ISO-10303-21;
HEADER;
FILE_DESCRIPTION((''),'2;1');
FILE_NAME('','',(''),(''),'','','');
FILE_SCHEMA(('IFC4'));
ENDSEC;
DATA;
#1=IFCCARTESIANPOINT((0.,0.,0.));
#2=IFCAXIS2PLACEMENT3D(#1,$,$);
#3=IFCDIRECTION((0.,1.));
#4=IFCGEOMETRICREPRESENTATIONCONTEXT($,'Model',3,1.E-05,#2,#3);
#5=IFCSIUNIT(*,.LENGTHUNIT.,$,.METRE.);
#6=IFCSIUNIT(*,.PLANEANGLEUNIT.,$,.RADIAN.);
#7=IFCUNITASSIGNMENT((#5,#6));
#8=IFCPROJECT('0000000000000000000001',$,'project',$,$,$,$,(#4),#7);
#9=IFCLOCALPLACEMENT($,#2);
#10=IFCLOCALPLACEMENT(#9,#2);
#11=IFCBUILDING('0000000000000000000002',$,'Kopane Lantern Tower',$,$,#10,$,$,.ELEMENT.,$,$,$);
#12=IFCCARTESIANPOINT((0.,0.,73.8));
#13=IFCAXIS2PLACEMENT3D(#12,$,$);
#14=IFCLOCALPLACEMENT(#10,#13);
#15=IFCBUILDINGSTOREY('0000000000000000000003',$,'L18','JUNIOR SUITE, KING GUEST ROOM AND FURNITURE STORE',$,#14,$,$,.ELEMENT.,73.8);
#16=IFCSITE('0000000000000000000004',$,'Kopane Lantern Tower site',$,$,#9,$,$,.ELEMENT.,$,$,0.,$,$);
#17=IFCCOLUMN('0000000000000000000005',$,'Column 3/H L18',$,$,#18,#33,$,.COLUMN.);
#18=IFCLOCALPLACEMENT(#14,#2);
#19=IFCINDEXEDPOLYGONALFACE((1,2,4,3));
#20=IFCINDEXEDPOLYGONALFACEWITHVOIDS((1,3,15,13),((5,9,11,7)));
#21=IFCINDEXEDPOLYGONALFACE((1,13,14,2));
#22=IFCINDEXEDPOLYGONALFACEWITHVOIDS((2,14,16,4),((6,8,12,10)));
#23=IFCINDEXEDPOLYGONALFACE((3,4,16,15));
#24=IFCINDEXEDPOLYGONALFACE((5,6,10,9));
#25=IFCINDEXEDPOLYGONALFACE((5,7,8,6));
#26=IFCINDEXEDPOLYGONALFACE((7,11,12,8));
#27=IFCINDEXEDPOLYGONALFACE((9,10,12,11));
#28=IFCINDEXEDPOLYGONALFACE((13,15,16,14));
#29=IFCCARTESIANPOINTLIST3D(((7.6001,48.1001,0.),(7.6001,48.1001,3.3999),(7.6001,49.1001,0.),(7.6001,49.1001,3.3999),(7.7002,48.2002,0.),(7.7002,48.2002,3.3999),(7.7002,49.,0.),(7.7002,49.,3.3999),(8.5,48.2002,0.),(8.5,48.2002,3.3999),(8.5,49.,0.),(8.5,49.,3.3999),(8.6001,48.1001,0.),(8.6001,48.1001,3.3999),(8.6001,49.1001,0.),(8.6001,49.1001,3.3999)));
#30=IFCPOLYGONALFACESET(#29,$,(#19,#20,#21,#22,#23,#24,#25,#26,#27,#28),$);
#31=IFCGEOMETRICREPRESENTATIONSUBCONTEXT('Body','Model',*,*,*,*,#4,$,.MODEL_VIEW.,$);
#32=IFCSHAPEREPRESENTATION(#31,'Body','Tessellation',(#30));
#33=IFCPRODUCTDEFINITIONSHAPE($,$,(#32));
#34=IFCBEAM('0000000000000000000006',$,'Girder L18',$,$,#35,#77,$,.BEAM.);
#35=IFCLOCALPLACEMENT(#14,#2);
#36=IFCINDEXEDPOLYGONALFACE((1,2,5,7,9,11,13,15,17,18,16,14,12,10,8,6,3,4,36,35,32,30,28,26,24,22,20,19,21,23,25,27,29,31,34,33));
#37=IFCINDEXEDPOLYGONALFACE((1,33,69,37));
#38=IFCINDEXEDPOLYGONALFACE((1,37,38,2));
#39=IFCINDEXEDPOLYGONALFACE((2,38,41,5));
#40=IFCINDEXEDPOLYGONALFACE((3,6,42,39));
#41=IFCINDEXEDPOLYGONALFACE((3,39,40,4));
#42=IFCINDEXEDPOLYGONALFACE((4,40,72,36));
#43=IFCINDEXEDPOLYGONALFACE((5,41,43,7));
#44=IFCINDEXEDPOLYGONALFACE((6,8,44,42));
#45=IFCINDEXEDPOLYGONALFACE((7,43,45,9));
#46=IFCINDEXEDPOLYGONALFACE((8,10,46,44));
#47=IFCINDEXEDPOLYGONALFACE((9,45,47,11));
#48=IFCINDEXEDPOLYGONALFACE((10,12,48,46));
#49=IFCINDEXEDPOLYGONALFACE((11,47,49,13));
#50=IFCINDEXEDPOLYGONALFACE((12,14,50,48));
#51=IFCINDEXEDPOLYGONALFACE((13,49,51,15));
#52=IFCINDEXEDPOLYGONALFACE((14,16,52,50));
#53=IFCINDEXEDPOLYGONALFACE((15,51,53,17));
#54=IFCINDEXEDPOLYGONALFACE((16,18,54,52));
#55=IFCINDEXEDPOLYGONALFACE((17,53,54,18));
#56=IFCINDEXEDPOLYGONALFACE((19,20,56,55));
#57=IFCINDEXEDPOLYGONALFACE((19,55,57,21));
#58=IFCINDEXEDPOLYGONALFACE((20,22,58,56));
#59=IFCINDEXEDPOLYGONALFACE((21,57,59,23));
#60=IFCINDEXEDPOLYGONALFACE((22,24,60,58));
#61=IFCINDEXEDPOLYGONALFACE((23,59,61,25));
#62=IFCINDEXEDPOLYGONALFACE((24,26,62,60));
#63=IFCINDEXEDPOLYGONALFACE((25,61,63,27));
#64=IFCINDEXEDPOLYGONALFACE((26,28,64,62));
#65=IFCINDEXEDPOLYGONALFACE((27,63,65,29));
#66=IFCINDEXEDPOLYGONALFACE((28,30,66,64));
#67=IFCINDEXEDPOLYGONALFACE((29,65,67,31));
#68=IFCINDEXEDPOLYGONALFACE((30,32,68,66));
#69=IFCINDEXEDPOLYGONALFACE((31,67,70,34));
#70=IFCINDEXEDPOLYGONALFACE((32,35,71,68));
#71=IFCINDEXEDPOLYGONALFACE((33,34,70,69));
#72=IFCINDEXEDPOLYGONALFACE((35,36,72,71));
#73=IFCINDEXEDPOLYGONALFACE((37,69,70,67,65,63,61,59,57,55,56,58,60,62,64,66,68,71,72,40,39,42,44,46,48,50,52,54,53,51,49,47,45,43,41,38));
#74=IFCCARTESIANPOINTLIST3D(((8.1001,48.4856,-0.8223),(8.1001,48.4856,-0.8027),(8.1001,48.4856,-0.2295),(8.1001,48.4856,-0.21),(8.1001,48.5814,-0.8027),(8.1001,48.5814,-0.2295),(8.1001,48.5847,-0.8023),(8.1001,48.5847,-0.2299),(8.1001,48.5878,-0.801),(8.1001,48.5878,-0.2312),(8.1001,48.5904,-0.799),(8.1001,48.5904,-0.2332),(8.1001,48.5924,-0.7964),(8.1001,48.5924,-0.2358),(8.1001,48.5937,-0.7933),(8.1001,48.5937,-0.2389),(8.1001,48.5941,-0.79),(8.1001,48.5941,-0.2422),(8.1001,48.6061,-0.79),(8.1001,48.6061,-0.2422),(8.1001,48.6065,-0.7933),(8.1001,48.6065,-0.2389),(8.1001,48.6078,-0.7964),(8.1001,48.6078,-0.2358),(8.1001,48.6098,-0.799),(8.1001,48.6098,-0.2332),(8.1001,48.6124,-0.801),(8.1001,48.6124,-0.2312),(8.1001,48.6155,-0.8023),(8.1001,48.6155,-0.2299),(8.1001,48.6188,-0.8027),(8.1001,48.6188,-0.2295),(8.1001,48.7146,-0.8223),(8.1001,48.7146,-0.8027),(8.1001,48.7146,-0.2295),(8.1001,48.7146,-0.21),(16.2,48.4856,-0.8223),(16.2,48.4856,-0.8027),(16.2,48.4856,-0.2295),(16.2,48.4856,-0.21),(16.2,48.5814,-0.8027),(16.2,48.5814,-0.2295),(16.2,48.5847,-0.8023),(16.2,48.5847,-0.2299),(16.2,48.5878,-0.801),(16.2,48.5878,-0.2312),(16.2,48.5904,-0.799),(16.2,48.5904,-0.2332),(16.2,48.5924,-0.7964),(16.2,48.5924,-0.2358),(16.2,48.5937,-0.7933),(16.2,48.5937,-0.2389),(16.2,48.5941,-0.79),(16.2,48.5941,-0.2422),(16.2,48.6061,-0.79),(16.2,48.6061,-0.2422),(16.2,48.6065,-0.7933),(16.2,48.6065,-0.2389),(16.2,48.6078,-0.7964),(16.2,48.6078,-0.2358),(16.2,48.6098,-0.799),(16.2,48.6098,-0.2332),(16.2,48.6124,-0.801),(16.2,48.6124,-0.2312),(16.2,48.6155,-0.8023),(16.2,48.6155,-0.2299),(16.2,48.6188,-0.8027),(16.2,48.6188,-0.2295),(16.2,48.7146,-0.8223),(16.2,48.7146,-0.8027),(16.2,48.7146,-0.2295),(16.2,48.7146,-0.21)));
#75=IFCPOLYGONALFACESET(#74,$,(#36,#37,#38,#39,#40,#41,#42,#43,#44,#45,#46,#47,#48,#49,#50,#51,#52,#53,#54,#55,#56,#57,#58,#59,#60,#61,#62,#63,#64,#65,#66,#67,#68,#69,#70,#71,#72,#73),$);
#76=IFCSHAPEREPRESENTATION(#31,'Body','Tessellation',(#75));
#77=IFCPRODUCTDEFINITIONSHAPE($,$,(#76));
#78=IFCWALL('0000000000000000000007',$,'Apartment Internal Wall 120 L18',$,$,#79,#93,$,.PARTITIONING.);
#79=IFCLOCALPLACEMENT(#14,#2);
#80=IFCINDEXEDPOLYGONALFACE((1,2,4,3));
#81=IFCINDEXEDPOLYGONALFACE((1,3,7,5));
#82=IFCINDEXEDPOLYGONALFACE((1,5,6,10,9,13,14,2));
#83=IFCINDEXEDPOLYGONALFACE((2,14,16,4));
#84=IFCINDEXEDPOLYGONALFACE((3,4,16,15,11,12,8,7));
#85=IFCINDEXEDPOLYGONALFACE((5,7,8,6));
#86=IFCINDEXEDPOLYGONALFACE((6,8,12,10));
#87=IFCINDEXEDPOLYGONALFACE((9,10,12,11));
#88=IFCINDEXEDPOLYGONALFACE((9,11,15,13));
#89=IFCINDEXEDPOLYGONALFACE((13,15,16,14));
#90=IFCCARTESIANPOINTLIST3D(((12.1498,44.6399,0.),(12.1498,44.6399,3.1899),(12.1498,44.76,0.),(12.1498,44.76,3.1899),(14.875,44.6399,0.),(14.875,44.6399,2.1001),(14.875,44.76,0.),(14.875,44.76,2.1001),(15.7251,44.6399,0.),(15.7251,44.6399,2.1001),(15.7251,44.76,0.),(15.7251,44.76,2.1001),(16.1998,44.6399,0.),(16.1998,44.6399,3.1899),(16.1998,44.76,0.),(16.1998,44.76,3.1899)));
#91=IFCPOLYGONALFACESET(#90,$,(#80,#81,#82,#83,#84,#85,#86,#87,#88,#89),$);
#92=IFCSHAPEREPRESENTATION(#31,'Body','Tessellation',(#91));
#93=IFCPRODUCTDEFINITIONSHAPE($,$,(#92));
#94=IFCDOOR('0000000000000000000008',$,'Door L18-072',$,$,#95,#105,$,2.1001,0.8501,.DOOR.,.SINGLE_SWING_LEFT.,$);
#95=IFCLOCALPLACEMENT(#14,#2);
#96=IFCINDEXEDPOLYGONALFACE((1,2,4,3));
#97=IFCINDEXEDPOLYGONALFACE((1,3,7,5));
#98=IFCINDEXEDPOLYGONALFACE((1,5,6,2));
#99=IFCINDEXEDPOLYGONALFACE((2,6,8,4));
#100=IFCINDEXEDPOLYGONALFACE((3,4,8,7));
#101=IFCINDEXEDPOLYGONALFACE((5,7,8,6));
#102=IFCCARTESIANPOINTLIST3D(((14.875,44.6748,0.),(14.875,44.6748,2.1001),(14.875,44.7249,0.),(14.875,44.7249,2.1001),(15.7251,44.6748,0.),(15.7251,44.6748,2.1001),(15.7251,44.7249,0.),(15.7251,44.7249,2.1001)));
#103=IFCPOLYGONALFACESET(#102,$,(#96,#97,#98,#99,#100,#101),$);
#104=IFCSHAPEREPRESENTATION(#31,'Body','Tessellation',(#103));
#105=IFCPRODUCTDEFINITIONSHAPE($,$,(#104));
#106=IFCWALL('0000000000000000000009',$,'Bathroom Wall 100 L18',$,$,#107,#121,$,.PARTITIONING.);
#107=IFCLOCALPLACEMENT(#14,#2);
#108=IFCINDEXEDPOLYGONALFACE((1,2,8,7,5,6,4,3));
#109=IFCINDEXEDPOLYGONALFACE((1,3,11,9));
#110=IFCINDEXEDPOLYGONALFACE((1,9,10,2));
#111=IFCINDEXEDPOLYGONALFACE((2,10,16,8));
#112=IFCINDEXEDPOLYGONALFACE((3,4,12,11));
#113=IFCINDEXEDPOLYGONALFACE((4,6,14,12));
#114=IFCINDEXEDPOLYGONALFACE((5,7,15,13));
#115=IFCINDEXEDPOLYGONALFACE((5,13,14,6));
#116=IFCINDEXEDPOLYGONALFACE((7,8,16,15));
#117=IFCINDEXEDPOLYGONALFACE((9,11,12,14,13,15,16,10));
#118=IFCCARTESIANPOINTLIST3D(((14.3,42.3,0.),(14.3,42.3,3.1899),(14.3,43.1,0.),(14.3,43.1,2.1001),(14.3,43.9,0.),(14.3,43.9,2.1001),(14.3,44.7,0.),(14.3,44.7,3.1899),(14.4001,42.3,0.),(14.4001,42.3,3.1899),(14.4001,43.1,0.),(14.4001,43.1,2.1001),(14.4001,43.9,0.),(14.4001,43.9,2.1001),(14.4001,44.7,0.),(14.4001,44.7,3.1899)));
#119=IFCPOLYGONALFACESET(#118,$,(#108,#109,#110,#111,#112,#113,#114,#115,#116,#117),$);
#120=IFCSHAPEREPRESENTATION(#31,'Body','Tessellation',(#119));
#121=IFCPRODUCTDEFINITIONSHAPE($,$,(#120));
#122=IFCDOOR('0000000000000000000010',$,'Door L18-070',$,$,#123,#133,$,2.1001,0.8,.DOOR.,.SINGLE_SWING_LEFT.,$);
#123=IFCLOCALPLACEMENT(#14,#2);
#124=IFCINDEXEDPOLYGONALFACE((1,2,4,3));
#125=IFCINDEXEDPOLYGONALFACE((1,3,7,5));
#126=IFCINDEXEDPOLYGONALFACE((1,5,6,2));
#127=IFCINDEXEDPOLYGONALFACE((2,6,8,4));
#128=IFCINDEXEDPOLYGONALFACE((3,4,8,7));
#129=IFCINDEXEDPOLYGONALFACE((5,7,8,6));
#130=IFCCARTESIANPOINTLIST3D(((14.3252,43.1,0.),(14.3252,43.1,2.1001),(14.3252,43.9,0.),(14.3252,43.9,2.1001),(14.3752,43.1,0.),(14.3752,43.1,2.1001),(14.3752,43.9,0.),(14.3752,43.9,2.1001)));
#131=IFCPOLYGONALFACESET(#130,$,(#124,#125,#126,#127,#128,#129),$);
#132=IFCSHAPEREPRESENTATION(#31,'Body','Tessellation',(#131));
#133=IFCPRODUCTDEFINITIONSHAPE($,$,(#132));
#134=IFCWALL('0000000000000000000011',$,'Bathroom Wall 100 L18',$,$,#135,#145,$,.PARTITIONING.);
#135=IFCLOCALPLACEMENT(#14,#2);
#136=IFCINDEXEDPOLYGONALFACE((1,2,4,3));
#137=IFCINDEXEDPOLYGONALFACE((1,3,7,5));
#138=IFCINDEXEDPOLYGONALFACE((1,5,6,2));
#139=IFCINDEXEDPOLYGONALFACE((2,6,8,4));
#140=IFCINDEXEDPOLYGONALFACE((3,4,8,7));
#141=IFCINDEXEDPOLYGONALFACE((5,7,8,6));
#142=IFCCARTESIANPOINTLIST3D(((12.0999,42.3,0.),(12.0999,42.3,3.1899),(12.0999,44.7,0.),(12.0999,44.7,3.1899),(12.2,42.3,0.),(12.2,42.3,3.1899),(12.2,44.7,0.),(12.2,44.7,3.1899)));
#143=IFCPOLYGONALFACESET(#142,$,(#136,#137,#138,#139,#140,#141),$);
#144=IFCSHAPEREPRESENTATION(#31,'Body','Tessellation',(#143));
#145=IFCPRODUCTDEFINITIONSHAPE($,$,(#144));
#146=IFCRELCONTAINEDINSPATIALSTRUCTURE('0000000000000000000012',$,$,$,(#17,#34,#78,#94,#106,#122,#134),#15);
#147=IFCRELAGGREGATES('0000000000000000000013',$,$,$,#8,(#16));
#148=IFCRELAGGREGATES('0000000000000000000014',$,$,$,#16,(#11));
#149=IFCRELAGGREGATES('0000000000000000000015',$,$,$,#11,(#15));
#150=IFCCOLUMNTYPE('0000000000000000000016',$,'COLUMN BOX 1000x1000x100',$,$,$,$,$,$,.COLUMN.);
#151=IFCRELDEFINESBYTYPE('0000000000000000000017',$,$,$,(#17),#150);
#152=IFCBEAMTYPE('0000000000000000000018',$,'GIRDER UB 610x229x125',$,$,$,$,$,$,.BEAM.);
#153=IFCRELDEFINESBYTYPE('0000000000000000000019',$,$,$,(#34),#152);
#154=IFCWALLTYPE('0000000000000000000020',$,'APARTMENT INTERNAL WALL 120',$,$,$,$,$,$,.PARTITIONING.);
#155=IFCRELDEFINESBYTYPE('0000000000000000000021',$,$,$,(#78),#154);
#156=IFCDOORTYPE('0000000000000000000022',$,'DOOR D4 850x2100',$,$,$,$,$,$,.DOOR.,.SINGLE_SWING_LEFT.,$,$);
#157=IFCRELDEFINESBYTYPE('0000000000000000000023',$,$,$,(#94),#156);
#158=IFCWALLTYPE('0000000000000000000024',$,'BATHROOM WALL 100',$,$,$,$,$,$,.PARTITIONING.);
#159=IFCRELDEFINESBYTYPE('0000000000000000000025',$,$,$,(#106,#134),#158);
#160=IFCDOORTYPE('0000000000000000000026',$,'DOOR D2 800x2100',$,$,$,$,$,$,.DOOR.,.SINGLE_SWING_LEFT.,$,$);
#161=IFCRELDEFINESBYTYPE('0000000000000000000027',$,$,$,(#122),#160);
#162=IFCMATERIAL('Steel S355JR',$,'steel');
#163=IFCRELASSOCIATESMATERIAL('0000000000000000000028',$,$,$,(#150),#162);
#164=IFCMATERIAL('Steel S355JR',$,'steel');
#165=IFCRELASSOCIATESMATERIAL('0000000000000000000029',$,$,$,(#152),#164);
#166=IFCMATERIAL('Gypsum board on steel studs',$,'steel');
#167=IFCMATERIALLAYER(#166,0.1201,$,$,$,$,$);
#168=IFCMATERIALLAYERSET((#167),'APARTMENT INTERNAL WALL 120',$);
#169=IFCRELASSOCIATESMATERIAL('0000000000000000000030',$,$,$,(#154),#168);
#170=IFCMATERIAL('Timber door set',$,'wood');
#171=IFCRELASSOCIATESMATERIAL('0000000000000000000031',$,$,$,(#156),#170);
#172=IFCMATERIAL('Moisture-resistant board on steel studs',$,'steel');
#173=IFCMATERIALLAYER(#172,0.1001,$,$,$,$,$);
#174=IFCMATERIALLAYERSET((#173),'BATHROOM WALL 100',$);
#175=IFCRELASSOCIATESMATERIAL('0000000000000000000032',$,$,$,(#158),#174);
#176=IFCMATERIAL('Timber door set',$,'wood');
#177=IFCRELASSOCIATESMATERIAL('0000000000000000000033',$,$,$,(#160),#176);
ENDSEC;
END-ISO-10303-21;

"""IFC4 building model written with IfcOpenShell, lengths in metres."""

from ifc_helpers import new_model, si_unit, direction, frame, frame_2d, origin, origin_2d, place, context, subcontext, project, spatial, rectangle, hollow_rectangle, i_section, extrude, material, layer, layer_set, material_profile, profile_set, type_object, element, fill, save


model = new_model("IFC4")

# Units and contexts
model_context = context("Model", 3, precision=1e-05, world=origin(), true_north=direction((0.0, 1.0)))
body_context = subcontext(model_context, "Body", "Model", "MODEL_VIEW")
ifc_project = project(units=[si_unit("LENGTHUNIT", "METRE"), si_unit("PLANEANGLEUNIT", "RADIAN")], contexts=[model_context])

# Site, building, storey
site_placement = place(None, origin())
site = spatial("IfcSite", under=ifc_project, at=site_placement, Name="Kopane Lantern Tower site", CompositionType="ELEMENT", RefElevation=0.0)
building_placement = place(site_placement, origin())
building = spatial("IfcBuilding", under=site, at=building_placement, Name="Kopane Lantern Tower", CompositionType="ELEMENT")
storey_placement = place(building_placement, frame((0.0, 0.0, 73.8)))
storey = spatial("IfcBuildingStorey", under=building, at=storey_placement, Name="L18", Description="JUNIOR SUITE, KING GUEST ROOM AND FURNITURE STORE", CompositionType="ELEMENT", Elevation=73.8)

# Column
ifc_material_1 = material(Name="Steel S355JR", Category="steel")
ifc_material_profile_1 = material_profile(ifc_material_1, hollow_rectangle(XDim=1.0, YDim=1.0, WallThickness=0.1001, at=origin_2d()), Name="BOX 1000x1000x100")
ifc_profile_set_1 = profile_set([ifc_material_profile_1], Name="Steel S355JR")
column_type = type_object("IfcColumnType", Name="COLUMN BOX 1000x1000x100", PredefinedType="COLUMN", material=ifc_profile_set_1)
column_placement = place(storey_placement, frame((8.1001, 48.6001, 0.0), z_axis=(0.0, 0.0, 1.0), x_axis=(1.0, 0.0, 0.0)))
element("IfcColumn", 1, at=column_placement, inside=storey, type_object=column_type, Name="Column 3/H L18", PredefinedType="COLUMN", context=body_context, shape_type="SweptSolid", body=[
    extrude(hollow_rectangle(XDim=1.0, YDim=1.0, WallThickness=0.1001, at=origin_2d()), origin(), (0.0, 0.0, 1.0), 3.3999),
])

# Beam
ifc_material_2 = material(Name="Steel S355JR", Category="steel")
ifc_material_profile_2 = material_profile(ifc_material_2, i_section(OverallWidth=0.229, OverallDepth=0.6123, WebThickness=0.012, FlangeThickness=0.0195, FilletRadius=0.0127, at=origin_2d()), Name="UB 610x229x125")
ifc_profile_set_2 = profile_set([ifc_material_profile_2], Name="Steel S355JR")
beam_type = type_object("IfcBeamType", Name="GIRDER UB 610x229x125", PredefinedType="BEAM", material=ifc_profile_set_2)
beam_placement = place(storey_placement, frame((8.1001, 48.6001, -0.5161), z_axis=(1.0, 0.0, 0.0), x_axis=(0.0, 1.0, 0.0)))
element("IfcBeam", 2, at=beam_placement, inside=storey, type_object=beam_type, Name="Girder L18", PredefinedType="BEAM", context=body_context, shape_type="SweptSolid", body=[
    extrude(i_section(OverallWidth=0.229, OverallDepth=0.6123, WebThickness=0.012, FlangeThickness=0.0195, FilletRadius=0.0127, at=origin_2d()), origin(), (0.0, 0.0, 1.0), 8.0999),
])

# Walls, openings, doors
ifc_material_3 = material(Name="Gypsum board on steel studs", Category="steel")
ifc_layer_1 = layer(ifc_material_3, 0.1201)
ifc_layer_set_1 = layer_set([ifc_layer_1], Name="APARTMENT INTERNAL WALL 120")
wall_type_1 = type_object("IfcWallType", Name="APARTMENT INTERNAL WALL 120", PredefinedType="PARTITIONING", material=ifc_layer_set_1)
wall_1_placement = place(storey_placement, frame((12.1499, 44.7, 0.0), z_axis=(0.0, 0.0, 1.0), x_axis=(1.0, 0.0, 0.0)))
wall_1 = element("IfcWall", 3, at=wall_1_placement, inside=storey, type_object=wall_type_1, Name="Apartment Internal Wall 120 L18", PredefinedType="PARTITIONING", context=body_context, shape_type="SweptSolid", body=[
    extrude(rectangle(XDim=4.05, YDim=0.1201, at=frame_2d((2.0249, 0.0))), origin(), (0.0, 0.0, 1.0), 3.1899),
])
opening_1_placement = place(wall_1_placement, frame((2.7251, 0.0, 0.0)))
opening_1 = element("IfcOpeningElement", 4, at=opening_1_placement, cuts=wall_1, PredefinedType="OPENING", context=body_context, shape_type="SweptSolid", body=[
    extrude(rectangle(XDim=0.8501, YDim=2.1001, at=frame_2d((0.425, 1.05))), frame((0.0, 0.0701, 0.0), z_axis=(0.0, -1.0, 0.0), x_axis=(1.0, 0.0, 0.0)), (0.0, 0.0, 1.0), 0.1401),
])
ifc_material_4 = material(Name="Timber door set", Category="wood")
door_type_1 = type_object("IfcDoorType", Name="DOOR D4 850x2100", OperationType="SINGLE_SWING_LEFT", PredefinedType="DOOR", material=ifc_material_4)
door_1_placement = place(opening_1_placement, origin())
door_1 = element("IfcDoor", 5, at=door_1_placement, inside=storey, type_object=door_type_1, Name="Door L18-072", OperationType="SINGLE_SWING_LEFT", OverallHeight=2.1001, OverallWidth=0.8501, PredefinedType="DOOR", context=body_context, shape_type="SweptSolid", body=[
    extrude(rectangle(XDim=0.8501, YDim=2.1001, at=frame_2d((0.425, 1.05))), frame((0.0, 0.0249, 0.0), z_axis=(0.0, -1.0, 0.0), x_axis=(1.0, 0.0, 0.0)), (0.0, 0.0, 1.0), 0.05),
])
fill(opening_1, door_1)
ifc_material_5 = material(Name="Moisture-resistant board on steel studs", Category="steel")
ifc_layer_2 = layer(ifc_material_5, 0.1001)
ifc_layer_set_2 = layer_set([ifc_layer_2], Name="BATHROOM WALL 100")
wall_type_2 = type_object("IfcWallType", Name="BATHROOM WALL 100", PredefinedType="PARTITIONING", material=ifc_layer_set_2)
wall_2_placement = place(storey_placement, frame((14.3501, 42.3, 0.0), z_axis=(0.0, 0.0, 1.0), x_axis=(0.0, 1.0, 0.0)))
wall_2 = element("IfcWall", 6, at=wall_2_placement, inside=storey, type_object=wall_type_2, Name="Bathroom Wall 100 L18", PredefinedType="PARTITIONING", context=body_context, shape_type="SweptSolid", body=[
    extrude(rectangle(XDim=2.3999, YDim=0.1001, at=frame_2d((1.2, 0.0))), origin(), (0.0, 0.0, 1.0), 3.1899),
])
opening_2_placement = place(wall_2_placement, frame((0.8, 0.0, 0.0)))
opening_2 = element("IfcOpeningElement", 7, at=opening_2_placement, cuts=wall_2, PredefinedType="OPENING", context=body_context, shape_type="SweptSolid", body=[
    extrude(rectangle(XDim=0.8, YDim=2.1001, at=frame_2d((0.3999, 1.05))), frame((0.0, 0.0601, 0.0), z_axis=(0.0, -1.0, 0.0), x_axis=(1.0, 0.0, 0.0)), (0.0, 0.0, 1.0), 0.1201),
])
ifc_material_6 = material(Name="Timber door set", Category="wood")
door_type_2 = type_object("IfcDoorType", Name="DOOR D2 800x2100", OperationType="SINGLE_SWING_LEFT", PredefinedType="DOOR", material=ifc_material_6)
door_2_placement = place(opening_2_placement, origin())
door_2 = element("IfcDoor", 8, at=door_2_placement, inside=storey, type_object=door_type_2, Name="Door L18-070", OperationType="SINGLE_SWING_LEFT", OverallHeight=2.1001, OverallWidth=0.8, PredefinedType="DOOR", context=body_context, shape_type="SweptSolid", body=[
    extrude(rectangle(XDim=0.8, YDim=2.1001, at=frame_2d((0.3999, 1.05))), frame((0.0, 0.0249, 0.0), z_axis=(0.0, -1.0, 0.0), x_axis=(1.0, 0.0, 0.0)), (0.0, 0.0, 1.0), 0.05),
])
fill(opening_2, door_2)

# Wall
wall_3_placement = place(storey_placement, frame((12.1499, 42.3, 0.0), z_axis=(0.0, 0.0, 1.0), x_axis=(0.0, 1.0, 0.0)))
element("IfcWall", 9, at=wall_3_placement, inside=storey, type_object=wall_type_2, Name="Bathroom Wall 100 L18", PredefinedType="PARTITIONING", context=body_context, shape_type="SweptSolid", body=[
    extrude(rectangle(XDim=2.3999, YDim=0.1001, at=frame_2d((1.2, 0.0))), origin(), (0.0, 0.0, 1.0), 3.1899),
])

save(model, "model.ifc")
